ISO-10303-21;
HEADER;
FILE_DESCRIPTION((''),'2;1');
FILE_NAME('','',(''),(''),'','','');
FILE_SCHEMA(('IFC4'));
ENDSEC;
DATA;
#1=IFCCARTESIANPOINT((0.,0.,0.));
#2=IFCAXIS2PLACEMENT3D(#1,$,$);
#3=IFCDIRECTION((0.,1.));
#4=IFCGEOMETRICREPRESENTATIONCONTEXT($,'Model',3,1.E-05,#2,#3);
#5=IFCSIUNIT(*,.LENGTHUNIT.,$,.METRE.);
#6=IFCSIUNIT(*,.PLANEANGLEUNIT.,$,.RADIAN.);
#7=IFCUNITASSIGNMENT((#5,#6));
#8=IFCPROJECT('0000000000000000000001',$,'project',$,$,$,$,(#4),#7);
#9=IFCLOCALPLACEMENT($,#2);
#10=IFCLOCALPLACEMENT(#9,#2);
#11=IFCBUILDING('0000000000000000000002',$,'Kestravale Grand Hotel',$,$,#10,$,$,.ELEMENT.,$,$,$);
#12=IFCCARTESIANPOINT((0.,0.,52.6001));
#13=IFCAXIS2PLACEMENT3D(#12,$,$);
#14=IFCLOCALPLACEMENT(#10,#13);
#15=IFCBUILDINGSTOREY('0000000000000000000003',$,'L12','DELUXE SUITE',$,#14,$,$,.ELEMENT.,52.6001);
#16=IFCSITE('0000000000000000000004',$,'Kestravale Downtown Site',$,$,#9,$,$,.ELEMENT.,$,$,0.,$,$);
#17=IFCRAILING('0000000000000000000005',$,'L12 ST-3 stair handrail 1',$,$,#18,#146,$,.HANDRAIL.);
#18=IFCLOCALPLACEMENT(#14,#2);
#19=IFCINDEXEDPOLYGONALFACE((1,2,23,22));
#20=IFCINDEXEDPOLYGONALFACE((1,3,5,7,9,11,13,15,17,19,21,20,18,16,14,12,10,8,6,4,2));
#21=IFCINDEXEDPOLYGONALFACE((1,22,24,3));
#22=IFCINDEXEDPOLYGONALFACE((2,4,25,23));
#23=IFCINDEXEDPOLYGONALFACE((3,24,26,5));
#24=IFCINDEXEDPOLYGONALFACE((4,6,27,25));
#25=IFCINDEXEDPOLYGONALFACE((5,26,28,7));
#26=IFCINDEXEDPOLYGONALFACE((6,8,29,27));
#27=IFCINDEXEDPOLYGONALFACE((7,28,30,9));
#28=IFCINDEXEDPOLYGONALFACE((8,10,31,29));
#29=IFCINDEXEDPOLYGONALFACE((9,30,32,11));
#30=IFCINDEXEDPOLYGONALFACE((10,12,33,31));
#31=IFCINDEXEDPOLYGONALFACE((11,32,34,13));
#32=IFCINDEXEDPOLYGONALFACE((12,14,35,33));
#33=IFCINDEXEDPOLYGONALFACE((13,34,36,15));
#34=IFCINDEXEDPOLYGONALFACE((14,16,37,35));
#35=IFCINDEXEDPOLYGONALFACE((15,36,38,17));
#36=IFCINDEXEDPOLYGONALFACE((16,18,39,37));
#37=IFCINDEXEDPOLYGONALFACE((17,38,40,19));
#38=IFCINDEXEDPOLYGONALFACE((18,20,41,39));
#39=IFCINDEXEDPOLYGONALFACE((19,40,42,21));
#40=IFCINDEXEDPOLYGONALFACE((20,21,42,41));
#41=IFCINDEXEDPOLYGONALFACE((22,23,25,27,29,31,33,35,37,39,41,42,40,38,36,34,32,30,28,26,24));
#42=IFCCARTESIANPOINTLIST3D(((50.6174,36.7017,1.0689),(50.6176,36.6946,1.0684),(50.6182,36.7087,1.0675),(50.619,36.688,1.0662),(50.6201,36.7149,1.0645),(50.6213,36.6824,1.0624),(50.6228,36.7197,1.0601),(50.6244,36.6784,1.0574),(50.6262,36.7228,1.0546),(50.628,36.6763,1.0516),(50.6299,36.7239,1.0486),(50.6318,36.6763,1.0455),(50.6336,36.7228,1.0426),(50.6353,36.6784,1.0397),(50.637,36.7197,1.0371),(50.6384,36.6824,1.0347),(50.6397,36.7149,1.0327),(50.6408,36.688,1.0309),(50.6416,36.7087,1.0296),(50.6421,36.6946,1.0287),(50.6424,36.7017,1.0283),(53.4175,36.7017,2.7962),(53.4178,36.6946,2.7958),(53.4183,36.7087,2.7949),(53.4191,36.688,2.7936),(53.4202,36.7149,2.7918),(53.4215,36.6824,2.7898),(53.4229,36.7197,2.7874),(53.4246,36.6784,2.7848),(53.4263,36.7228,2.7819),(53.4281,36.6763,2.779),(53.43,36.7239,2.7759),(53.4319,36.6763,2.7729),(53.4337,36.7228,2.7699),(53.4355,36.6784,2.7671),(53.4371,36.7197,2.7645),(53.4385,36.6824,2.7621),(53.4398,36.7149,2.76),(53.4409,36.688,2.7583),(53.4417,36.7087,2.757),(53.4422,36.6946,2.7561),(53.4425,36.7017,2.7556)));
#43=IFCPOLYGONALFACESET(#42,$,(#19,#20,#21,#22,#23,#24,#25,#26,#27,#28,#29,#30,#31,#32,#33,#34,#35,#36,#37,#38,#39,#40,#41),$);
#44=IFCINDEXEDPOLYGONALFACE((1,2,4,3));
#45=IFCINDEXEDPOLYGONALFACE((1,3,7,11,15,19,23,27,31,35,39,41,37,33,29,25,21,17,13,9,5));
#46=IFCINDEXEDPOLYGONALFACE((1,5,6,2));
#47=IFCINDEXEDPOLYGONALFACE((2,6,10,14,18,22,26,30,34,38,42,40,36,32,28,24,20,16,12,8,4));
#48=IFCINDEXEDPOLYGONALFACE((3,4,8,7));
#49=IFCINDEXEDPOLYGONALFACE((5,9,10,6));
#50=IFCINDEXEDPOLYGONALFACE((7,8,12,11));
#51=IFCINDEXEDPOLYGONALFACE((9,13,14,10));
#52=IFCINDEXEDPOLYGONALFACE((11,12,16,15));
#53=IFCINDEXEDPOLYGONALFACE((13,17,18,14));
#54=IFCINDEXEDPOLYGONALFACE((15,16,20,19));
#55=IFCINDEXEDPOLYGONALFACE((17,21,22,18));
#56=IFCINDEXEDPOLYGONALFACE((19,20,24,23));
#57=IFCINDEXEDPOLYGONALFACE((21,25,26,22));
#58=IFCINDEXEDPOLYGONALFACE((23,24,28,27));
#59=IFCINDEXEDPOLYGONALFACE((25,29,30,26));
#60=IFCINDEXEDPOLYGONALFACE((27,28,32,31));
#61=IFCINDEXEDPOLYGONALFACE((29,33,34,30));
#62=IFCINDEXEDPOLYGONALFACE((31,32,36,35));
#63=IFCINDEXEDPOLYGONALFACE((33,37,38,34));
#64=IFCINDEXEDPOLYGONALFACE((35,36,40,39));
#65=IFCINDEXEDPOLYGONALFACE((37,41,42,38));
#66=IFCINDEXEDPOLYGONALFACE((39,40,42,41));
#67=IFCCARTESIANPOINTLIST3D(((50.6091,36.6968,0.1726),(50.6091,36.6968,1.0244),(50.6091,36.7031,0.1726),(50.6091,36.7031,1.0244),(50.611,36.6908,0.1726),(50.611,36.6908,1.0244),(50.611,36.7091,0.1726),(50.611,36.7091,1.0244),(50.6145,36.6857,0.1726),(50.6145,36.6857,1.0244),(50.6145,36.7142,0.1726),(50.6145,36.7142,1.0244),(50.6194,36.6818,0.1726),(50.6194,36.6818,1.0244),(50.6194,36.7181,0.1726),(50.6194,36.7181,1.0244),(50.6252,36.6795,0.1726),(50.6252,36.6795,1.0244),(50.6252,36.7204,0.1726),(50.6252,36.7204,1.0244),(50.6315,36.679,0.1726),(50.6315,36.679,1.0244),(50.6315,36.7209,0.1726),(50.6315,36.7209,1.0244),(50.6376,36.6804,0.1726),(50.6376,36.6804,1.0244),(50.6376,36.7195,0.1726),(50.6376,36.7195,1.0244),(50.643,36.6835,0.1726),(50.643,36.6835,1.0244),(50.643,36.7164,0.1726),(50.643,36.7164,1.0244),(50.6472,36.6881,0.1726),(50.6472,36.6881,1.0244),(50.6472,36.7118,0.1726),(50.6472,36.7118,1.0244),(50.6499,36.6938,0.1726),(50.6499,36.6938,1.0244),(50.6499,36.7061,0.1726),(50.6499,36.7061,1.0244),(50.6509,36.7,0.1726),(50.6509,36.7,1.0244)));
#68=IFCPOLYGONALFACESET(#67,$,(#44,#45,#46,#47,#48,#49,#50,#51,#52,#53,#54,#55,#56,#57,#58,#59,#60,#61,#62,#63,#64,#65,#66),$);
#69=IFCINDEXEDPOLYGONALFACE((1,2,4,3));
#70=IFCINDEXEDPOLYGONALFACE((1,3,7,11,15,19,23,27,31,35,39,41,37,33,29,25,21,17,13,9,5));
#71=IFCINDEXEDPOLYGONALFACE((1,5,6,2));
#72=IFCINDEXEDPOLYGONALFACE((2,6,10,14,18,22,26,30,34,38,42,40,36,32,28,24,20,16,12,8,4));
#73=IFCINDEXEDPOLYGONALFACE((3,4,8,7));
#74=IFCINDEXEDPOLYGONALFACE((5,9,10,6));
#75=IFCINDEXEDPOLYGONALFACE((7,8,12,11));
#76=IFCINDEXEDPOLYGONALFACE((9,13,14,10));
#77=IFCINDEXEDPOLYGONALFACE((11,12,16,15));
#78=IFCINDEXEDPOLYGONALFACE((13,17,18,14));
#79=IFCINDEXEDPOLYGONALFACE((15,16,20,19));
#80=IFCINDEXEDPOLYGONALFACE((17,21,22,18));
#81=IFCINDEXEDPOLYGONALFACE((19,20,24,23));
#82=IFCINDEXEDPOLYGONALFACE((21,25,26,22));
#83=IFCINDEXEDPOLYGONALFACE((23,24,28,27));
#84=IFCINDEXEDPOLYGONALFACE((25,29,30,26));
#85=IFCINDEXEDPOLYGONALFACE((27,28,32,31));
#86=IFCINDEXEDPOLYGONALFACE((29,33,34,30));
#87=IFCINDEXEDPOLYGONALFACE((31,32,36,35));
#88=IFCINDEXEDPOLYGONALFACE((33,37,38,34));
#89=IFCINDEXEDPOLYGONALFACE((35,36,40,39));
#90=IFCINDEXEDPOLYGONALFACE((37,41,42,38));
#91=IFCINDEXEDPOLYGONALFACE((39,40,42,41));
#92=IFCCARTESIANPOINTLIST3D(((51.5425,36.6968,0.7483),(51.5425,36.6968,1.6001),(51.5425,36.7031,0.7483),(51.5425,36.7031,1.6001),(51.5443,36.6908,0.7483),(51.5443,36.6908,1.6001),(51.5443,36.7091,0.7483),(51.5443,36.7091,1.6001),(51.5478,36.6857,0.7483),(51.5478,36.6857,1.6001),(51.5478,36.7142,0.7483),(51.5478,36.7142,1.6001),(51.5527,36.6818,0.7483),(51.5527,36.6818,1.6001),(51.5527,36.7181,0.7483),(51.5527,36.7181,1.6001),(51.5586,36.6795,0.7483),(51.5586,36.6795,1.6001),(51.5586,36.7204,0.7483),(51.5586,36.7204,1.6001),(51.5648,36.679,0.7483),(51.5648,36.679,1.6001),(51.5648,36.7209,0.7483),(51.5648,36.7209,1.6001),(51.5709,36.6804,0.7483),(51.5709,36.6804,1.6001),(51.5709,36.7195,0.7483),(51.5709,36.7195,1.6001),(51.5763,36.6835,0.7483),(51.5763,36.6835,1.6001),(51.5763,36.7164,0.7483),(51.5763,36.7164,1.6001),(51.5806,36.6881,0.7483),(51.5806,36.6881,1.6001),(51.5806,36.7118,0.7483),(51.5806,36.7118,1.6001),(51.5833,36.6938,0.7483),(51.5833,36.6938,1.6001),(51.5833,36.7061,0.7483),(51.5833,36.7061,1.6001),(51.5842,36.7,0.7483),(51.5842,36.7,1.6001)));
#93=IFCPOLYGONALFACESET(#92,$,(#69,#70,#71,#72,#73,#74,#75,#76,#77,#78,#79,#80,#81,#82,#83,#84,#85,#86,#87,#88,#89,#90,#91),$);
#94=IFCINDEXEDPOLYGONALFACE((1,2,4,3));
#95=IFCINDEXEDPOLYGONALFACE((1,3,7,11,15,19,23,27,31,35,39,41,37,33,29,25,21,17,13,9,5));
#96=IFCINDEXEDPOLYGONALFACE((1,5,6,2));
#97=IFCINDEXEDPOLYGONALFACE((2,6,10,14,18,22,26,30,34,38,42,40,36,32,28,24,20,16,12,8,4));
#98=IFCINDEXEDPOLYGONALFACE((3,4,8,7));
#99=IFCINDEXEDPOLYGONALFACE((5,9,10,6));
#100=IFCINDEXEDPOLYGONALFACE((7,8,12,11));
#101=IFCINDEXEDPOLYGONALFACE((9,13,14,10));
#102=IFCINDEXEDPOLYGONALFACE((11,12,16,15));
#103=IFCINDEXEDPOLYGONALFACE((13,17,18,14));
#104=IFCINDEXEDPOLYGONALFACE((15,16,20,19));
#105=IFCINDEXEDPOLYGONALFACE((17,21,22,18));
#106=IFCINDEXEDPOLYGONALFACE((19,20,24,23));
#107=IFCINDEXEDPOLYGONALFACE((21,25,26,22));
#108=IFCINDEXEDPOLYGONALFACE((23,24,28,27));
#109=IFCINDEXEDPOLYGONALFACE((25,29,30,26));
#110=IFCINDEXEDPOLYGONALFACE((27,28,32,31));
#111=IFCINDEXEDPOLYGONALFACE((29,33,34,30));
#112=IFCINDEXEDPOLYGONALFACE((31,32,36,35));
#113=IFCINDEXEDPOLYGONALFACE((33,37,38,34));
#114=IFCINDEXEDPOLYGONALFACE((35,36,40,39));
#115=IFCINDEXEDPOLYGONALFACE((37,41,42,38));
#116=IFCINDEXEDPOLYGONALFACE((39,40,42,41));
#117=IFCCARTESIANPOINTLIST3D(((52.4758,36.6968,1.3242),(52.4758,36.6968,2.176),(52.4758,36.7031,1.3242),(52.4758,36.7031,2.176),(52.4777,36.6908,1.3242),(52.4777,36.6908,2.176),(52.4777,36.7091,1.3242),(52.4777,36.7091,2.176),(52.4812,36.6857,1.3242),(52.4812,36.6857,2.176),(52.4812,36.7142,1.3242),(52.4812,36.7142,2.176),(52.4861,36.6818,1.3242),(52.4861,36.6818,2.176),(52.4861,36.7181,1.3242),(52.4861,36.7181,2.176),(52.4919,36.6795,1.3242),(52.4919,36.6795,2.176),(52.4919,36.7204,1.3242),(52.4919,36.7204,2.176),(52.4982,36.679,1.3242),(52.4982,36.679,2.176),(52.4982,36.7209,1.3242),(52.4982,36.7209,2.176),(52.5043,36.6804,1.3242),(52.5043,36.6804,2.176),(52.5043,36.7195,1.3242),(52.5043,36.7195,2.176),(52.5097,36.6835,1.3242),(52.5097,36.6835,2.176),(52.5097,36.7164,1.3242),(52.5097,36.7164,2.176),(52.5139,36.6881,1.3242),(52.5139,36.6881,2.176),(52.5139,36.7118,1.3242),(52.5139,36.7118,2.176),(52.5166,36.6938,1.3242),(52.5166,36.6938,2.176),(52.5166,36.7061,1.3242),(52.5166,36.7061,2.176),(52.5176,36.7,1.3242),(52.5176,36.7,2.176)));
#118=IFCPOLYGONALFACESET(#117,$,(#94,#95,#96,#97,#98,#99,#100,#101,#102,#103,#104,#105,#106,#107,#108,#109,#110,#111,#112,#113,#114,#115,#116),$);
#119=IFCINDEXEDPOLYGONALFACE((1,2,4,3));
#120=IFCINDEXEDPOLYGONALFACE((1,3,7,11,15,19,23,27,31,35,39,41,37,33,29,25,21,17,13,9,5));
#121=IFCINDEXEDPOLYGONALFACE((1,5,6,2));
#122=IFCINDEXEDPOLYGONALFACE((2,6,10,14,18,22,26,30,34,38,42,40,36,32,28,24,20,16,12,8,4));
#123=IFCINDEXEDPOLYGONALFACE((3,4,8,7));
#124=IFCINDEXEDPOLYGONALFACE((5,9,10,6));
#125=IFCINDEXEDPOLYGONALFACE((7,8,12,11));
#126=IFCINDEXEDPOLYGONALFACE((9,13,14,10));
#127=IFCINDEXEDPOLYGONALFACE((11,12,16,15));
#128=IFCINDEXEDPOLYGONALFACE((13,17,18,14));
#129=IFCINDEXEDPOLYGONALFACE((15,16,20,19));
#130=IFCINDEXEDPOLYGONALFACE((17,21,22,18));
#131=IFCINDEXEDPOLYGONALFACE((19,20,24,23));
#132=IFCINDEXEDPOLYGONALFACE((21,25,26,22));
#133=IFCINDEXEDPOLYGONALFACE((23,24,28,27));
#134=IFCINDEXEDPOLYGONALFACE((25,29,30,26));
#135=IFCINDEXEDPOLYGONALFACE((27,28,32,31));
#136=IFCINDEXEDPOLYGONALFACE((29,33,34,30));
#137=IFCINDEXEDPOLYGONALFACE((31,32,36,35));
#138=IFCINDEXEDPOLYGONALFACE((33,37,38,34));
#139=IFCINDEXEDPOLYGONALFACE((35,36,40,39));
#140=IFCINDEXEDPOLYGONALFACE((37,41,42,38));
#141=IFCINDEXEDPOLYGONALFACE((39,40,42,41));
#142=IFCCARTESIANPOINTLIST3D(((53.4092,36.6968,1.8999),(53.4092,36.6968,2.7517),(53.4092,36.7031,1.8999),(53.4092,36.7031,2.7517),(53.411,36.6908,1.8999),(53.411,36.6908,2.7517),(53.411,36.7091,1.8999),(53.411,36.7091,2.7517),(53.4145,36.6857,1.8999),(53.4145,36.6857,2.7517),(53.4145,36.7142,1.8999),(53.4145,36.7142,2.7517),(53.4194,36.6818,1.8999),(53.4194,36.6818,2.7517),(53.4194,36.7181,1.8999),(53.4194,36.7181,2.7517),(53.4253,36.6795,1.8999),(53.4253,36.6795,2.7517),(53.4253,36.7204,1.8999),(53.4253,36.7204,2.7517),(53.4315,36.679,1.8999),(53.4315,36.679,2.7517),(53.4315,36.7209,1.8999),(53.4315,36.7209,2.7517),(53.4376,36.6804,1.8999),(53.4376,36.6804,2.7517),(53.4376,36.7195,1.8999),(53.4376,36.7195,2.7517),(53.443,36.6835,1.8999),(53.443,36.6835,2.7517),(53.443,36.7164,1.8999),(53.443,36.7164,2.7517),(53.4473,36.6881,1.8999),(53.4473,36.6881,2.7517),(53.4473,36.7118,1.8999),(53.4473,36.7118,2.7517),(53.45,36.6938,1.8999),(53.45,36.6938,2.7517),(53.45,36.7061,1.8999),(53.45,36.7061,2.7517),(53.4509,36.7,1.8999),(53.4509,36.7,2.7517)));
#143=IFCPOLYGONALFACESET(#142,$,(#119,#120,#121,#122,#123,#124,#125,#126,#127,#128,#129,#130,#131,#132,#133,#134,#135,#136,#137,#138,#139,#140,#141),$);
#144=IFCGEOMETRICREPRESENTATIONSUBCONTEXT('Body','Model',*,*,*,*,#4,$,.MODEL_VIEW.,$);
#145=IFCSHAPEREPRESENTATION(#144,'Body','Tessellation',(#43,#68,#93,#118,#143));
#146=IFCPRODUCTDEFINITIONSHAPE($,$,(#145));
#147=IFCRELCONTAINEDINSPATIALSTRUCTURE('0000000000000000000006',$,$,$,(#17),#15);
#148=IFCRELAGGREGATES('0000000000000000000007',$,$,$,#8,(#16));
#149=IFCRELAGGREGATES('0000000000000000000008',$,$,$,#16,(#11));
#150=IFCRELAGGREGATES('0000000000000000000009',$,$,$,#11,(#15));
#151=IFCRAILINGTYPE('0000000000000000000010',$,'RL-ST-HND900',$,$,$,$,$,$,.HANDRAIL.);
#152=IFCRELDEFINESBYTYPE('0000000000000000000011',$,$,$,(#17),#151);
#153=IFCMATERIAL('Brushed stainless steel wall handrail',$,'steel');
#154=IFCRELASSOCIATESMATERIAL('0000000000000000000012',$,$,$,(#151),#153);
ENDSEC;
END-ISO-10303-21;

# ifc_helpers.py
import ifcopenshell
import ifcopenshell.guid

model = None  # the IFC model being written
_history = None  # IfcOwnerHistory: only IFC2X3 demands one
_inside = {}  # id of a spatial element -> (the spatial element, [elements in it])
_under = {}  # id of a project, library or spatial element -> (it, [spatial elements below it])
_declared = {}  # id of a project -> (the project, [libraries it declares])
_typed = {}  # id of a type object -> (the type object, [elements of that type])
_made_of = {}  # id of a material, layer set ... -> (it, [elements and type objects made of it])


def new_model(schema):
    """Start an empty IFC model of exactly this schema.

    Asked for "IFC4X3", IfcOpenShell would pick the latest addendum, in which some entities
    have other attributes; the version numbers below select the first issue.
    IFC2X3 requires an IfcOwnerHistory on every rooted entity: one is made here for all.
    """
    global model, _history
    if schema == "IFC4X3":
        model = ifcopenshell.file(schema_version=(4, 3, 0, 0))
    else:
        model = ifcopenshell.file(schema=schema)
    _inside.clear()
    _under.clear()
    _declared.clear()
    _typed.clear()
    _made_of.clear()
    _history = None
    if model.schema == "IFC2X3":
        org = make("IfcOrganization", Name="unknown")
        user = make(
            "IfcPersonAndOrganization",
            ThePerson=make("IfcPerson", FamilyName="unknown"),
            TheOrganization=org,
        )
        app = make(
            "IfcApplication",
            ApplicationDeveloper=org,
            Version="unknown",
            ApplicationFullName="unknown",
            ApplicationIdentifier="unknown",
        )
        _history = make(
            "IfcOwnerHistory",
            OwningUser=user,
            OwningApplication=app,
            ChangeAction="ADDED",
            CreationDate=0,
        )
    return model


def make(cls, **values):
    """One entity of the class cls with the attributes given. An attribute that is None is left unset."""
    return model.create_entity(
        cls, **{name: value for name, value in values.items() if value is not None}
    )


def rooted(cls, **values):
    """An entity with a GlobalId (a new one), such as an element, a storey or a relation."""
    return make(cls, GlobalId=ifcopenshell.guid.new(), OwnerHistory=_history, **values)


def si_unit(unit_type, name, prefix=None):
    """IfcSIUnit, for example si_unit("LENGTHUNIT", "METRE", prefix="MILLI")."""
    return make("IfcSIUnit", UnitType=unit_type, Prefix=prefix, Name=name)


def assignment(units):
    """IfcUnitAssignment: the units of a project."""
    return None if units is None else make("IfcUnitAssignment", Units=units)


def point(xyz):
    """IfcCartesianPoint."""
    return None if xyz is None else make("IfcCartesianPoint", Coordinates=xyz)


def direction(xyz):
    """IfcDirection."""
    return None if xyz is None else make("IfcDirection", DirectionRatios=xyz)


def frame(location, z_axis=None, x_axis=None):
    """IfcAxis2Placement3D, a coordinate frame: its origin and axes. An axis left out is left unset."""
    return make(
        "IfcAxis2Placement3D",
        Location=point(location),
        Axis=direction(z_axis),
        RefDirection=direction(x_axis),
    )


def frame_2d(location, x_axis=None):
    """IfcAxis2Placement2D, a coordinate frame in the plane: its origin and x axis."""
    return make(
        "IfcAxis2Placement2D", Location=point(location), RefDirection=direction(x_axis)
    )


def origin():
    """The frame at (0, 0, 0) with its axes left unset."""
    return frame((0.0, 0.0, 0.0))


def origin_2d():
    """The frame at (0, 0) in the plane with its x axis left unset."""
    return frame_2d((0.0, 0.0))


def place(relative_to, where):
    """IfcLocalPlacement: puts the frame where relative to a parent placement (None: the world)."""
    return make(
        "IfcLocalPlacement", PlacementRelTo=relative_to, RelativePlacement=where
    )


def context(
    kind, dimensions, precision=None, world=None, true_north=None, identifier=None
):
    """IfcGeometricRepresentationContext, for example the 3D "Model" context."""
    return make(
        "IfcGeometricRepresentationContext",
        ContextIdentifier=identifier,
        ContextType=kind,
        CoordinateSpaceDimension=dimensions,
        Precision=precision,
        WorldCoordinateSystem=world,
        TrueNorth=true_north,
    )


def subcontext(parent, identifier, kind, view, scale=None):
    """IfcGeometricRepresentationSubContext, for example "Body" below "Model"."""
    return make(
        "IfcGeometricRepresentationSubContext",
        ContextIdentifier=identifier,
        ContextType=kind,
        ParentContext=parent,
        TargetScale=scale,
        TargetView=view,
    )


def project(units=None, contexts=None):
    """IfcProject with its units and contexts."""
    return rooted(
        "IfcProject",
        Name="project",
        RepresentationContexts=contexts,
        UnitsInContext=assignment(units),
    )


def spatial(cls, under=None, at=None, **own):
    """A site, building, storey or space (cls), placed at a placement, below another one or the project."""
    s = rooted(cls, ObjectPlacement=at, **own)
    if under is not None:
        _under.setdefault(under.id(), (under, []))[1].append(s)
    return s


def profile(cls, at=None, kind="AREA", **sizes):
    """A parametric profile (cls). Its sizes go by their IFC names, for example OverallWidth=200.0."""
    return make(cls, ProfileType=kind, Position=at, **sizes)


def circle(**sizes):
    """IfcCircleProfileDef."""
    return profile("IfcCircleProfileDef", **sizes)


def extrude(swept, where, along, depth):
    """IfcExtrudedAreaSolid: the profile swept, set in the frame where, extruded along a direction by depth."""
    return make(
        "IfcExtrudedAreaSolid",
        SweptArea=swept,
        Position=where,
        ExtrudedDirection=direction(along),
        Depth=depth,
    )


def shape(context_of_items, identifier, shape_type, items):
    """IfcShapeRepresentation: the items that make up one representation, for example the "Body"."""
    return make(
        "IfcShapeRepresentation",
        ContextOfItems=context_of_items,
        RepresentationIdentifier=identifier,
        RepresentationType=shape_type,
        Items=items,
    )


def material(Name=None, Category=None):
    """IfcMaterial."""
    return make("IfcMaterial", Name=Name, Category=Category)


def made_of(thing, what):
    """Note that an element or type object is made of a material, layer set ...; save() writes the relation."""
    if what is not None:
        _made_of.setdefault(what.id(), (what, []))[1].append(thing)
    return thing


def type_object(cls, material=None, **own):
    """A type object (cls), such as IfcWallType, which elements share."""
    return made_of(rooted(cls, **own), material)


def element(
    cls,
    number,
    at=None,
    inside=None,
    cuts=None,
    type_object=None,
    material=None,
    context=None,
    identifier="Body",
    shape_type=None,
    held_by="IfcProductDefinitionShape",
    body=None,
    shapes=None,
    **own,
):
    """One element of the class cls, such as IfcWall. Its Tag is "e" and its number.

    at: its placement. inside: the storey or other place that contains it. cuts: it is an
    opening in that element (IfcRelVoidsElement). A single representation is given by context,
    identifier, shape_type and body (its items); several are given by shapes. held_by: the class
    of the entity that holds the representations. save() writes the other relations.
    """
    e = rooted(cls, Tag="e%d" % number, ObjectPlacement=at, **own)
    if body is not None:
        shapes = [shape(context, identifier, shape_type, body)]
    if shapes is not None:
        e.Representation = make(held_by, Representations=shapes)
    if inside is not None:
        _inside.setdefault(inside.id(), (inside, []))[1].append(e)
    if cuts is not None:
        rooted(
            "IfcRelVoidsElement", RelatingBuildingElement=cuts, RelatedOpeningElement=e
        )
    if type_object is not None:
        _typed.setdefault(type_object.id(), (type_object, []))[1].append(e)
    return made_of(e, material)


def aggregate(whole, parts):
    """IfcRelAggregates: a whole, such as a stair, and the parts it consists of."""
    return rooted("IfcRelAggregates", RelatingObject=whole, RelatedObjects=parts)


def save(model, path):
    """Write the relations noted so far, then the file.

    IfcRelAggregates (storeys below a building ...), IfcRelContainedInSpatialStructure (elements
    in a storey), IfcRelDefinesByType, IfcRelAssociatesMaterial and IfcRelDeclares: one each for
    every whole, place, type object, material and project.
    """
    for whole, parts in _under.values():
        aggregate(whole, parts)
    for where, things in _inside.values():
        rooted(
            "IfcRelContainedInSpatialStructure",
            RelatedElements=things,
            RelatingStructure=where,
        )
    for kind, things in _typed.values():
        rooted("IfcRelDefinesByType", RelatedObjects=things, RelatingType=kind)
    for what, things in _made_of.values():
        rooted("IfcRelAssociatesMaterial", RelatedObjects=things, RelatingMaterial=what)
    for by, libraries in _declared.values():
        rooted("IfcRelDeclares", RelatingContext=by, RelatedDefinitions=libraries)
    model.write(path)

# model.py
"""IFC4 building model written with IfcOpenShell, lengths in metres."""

from ifc_helpers import new_model, si_unit, direction, frame, origin, origin_2d, place, context, subcontext, project, spatial, circle, extrude, material, type_object, element, save


model = new_model("IFC4")

# Units and contexts
model_context = context("Model", 3, precision=1e-05, world=origin(), true_north=direction((0.0, 1.0)))
body_context = subcontext(model_context, "Body", "Model", "MODEL_VIEW")
ifc_project = project(units=[si_unit("LENGTHUNIT", "METRE"), si_unit("PLANEANGLEUNIT", "RADIAN")], contexts=[model_context])

# Site, building, storey
site_placement = place(None, origin())
site = spatial("IfcSite", under=ifc_project, at=site_placement, Name="Kestravale Downtown Site", CompositionType="ELEMENT", RefElevation=0.0)
building_placement = place(site_placement, origin())
building = spatial("IfcBuilding", under=site, at=building_placement, Name="Kestravale Grand Hotel", CompositionType="ELEMENT")
storey_placement = place(building_placement, frame((0.0, 0.0, 52.6001)))
storey = spatial("IfcBuildingStorey", under=building, at=storey_placement, Name="L12", Description="DELUXE SUITE", CompositionType="ELEMENT", Elevation=52.6001)

# Railing
ifc_material_1 = material(Name="Brushed stainless steel wall handrail", Category="steel")
railing_type_1 = type_object("IfcRailingType", Name="RL-ST-HND900", PredefinedType="HANDRAIL", material=ifc_material_1)
railing_1_placement = place(storey_placement, frame((50.6299, 36.7, 0.1726)))
element("IfcRailing", 1, at=railing_1_placement, inside=storey, type_object=railing_type_1, Name="L12 ST-3 stair handrail 1", PredefinedType="HANDRAIL", context=body_context, shape_type="SweptSolid", body=[
    extrude(circle(Radius=0.0239, at=origin_2d()), frame((0.0, 0.0, 0.876), z_axis=(0.85109, 0.0, 0.52502), x_axis=(0.0, 1.0, 0.0)), (0.0, 0.0, 1.0), 3.29),
    extrude(circle(Radius=0.021, at=origin_2d()), origin(), (0.0, 0.0, 1.0), 0.8518),
    extrude(circle(Radius=0.021, at=origin_2d()), frame((0.9333, 0.0, 0.5757)), (0.0, 0.0, 1.0), 0.8518),
    extrude(circle(Radius=0.021, at=origin_2d()), frame((1.8667, 0.0, 1.1516)), (0.0, 0.0, 1.0), 0.8518),
    extrude(circle(Radius=0.021, at=origin_2d()), frame((2.8, 0.0, 1.7273)), (0.0, 0.0, 1.0), 0.8518),
])

save(model, "model.ifc")
